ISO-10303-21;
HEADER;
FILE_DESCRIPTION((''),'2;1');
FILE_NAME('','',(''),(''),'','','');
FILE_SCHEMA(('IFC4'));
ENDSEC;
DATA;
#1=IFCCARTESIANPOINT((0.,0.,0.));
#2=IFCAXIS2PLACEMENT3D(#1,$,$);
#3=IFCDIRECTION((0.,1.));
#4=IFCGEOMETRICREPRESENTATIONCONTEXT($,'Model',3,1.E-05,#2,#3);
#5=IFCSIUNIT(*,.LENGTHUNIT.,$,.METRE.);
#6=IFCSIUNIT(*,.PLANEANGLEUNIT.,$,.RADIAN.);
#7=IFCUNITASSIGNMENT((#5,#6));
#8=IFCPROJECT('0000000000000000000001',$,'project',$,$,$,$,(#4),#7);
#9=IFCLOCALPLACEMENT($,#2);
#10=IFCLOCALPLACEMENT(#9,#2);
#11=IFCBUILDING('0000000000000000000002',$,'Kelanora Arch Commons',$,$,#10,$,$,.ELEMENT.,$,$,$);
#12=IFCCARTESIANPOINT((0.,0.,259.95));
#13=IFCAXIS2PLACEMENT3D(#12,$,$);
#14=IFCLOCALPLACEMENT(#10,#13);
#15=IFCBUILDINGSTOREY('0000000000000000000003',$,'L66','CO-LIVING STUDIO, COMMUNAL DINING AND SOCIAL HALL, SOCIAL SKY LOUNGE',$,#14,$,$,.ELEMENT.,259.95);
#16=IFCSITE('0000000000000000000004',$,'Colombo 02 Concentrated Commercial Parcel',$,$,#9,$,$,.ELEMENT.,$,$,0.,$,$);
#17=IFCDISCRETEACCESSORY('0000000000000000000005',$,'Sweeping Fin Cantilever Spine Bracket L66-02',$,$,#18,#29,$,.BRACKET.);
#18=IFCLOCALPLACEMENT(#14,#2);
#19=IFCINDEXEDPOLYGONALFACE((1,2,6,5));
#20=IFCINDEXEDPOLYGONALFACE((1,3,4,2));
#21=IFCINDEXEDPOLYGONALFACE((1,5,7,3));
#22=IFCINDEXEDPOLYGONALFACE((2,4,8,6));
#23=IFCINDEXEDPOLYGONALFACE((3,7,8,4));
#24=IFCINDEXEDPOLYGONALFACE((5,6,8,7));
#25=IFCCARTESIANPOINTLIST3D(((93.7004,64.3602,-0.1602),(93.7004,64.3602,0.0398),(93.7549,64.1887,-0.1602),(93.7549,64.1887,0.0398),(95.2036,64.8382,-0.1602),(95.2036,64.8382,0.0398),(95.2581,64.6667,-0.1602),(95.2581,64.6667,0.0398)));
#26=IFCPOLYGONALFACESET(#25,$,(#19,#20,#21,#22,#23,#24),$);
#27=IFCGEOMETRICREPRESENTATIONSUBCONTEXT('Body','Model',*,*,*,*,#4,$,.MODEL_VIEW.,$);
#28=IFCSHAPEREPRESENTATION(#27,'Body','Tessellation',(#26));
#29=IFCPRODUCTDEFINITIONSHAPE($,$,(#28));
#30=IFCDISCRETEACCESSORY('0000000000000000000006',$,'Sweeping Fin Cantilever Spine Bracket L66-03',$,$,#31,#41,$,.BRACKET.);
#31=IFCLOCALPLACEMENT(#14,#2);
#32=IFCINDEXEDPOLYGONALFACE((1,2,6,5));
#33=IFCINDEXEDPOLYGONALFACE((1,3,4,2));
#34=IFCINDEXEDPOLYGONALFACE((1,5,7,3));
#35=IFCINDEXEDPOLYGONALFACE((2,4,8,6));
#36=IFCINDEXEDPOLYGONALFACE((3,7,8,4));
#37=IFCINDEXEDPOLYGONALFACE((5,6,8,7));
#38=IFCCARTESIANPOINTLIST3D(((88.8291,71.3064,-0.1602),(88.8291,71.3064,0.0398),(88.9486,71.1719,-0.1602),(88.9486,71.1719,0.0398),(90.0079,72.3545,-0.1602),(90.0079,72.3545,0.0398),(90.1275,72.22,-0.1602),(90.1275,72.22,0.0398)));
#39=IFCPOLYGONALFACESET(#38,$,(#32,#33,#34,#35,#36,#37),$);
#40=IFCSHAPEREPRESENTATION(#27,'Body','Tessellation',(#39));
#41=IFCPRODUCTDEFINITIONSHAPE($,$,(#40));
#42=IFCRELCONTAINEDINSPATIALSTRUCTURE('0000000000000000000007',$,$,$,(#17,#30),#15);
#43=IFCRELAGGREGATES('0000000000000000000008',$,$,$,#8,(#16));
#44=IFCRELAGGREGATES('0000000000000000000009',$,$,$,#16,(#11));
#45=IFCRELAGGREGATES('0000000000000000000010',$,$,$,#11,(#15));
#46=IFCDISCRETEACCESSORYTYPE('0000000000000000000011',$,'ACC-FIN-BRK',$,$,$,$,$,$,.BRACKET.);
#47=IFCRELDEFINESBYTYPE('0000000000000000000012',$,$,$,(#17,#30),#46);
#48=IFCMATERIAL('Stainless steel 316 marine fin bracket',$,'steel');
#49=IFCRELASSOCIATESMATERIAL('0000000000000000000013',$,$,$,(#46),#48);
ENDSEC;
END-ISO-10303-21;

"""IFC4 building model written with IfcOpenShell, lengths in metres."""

from ifc_helpers import new_model, si_unit, direction, frame, origin, origin_2d, place, context, subcontext, project, spatial, rectangle, extrude, source, transform, mapped, material, type_object, element, save


model = new_model("IFC4")

# Units and contexts
model_context = context("Model", 3, precision=1e-05, world=origin(), true_north=direction((0.0, 1.0)))
body_context = subcontext(model_context, "Body", "Model", "MODEL_VIEW")
ifc_project = project(units=[si_unit("LENGTHUNIT", "METRE"), si_unit("PLANEANGLEUNIT", "RADIAN")], contexts=[model_context])

# Site, building, storey
site_placement = place(None, origin())
site = spatial("IfcSite", under=ifc_project, at=site_placement, Name="Colombo 02 Concentrated Commercial Parcel", CompositionType="ELEMENT", RefElevation=0.0)
building_placement = place(site_placement, origin())
building = spatial("IfcBuilding", under=site, at=building_placement, Name="Kelanora Arch Commons", CompositionType="ELEMENT")
storey_placement = place(building_placement, frame((0.0, 0.0, 259.95)))
storey = spatial("IfcBuildingStorey", under=building, at=storey_placement, Name="L66", Description="CO-LIVING STUDIO, COMMUNAL DINING AND SOCIAL HALL, SOCIAL SKY LOUNGE", CompositionType="ELEMENT", Elevation=259.95)

# Discrete accessories
ifc_material_1 = material(Name="Stainless steel 316 marine fin bracket", Category="steel")
discrete_accessory_type = type_object("IfcDiscreteAccessoryType", Name="ACC-FIN-BRK", PredefinedType="BRACKET", material=ifc_material_1)
shared_shape_1 = source(origin(), body_context, "Body", "SweptSolid", [
    extrude(rectangle(XDim=1.5774, YDim=0.1799, at=origin_2d()), origin(), (0.0, 0.0, 1.0), 0.2),
])
for number, where, z_axis, x_axis, name in (
    (1, (94.4792, 64.5134, -0.1602), (0.0, 0.0, 1.0), (0.952979, 0.303035, 0.0), "Sweeping Fin Cantilever Spine Bracket L66-02"),
    (2, (89.4783, 71.7632, -0.1602), (0.0, 0.0, 1.0), (0.747334, 0.664448, 0.0), "Sweeping Fin Cantilever Spine Bracket L66-03"),
):
    element("IfcDiscreteAccessory", number, at=place(storey_placement, frame(where, z_axis=z_axis, x_axis=x_axis)), inside=storey, type_object=discrete_accessory_type, Name=name, PredefinedType="BRACKET", context=body_context, shape_type="MappedRepresentation", body=[
        mapped(shared_shape_1, transform((0.0, 0.0, 0.0), scale=1.0)),
    ])

save(model, "model.ifc")
